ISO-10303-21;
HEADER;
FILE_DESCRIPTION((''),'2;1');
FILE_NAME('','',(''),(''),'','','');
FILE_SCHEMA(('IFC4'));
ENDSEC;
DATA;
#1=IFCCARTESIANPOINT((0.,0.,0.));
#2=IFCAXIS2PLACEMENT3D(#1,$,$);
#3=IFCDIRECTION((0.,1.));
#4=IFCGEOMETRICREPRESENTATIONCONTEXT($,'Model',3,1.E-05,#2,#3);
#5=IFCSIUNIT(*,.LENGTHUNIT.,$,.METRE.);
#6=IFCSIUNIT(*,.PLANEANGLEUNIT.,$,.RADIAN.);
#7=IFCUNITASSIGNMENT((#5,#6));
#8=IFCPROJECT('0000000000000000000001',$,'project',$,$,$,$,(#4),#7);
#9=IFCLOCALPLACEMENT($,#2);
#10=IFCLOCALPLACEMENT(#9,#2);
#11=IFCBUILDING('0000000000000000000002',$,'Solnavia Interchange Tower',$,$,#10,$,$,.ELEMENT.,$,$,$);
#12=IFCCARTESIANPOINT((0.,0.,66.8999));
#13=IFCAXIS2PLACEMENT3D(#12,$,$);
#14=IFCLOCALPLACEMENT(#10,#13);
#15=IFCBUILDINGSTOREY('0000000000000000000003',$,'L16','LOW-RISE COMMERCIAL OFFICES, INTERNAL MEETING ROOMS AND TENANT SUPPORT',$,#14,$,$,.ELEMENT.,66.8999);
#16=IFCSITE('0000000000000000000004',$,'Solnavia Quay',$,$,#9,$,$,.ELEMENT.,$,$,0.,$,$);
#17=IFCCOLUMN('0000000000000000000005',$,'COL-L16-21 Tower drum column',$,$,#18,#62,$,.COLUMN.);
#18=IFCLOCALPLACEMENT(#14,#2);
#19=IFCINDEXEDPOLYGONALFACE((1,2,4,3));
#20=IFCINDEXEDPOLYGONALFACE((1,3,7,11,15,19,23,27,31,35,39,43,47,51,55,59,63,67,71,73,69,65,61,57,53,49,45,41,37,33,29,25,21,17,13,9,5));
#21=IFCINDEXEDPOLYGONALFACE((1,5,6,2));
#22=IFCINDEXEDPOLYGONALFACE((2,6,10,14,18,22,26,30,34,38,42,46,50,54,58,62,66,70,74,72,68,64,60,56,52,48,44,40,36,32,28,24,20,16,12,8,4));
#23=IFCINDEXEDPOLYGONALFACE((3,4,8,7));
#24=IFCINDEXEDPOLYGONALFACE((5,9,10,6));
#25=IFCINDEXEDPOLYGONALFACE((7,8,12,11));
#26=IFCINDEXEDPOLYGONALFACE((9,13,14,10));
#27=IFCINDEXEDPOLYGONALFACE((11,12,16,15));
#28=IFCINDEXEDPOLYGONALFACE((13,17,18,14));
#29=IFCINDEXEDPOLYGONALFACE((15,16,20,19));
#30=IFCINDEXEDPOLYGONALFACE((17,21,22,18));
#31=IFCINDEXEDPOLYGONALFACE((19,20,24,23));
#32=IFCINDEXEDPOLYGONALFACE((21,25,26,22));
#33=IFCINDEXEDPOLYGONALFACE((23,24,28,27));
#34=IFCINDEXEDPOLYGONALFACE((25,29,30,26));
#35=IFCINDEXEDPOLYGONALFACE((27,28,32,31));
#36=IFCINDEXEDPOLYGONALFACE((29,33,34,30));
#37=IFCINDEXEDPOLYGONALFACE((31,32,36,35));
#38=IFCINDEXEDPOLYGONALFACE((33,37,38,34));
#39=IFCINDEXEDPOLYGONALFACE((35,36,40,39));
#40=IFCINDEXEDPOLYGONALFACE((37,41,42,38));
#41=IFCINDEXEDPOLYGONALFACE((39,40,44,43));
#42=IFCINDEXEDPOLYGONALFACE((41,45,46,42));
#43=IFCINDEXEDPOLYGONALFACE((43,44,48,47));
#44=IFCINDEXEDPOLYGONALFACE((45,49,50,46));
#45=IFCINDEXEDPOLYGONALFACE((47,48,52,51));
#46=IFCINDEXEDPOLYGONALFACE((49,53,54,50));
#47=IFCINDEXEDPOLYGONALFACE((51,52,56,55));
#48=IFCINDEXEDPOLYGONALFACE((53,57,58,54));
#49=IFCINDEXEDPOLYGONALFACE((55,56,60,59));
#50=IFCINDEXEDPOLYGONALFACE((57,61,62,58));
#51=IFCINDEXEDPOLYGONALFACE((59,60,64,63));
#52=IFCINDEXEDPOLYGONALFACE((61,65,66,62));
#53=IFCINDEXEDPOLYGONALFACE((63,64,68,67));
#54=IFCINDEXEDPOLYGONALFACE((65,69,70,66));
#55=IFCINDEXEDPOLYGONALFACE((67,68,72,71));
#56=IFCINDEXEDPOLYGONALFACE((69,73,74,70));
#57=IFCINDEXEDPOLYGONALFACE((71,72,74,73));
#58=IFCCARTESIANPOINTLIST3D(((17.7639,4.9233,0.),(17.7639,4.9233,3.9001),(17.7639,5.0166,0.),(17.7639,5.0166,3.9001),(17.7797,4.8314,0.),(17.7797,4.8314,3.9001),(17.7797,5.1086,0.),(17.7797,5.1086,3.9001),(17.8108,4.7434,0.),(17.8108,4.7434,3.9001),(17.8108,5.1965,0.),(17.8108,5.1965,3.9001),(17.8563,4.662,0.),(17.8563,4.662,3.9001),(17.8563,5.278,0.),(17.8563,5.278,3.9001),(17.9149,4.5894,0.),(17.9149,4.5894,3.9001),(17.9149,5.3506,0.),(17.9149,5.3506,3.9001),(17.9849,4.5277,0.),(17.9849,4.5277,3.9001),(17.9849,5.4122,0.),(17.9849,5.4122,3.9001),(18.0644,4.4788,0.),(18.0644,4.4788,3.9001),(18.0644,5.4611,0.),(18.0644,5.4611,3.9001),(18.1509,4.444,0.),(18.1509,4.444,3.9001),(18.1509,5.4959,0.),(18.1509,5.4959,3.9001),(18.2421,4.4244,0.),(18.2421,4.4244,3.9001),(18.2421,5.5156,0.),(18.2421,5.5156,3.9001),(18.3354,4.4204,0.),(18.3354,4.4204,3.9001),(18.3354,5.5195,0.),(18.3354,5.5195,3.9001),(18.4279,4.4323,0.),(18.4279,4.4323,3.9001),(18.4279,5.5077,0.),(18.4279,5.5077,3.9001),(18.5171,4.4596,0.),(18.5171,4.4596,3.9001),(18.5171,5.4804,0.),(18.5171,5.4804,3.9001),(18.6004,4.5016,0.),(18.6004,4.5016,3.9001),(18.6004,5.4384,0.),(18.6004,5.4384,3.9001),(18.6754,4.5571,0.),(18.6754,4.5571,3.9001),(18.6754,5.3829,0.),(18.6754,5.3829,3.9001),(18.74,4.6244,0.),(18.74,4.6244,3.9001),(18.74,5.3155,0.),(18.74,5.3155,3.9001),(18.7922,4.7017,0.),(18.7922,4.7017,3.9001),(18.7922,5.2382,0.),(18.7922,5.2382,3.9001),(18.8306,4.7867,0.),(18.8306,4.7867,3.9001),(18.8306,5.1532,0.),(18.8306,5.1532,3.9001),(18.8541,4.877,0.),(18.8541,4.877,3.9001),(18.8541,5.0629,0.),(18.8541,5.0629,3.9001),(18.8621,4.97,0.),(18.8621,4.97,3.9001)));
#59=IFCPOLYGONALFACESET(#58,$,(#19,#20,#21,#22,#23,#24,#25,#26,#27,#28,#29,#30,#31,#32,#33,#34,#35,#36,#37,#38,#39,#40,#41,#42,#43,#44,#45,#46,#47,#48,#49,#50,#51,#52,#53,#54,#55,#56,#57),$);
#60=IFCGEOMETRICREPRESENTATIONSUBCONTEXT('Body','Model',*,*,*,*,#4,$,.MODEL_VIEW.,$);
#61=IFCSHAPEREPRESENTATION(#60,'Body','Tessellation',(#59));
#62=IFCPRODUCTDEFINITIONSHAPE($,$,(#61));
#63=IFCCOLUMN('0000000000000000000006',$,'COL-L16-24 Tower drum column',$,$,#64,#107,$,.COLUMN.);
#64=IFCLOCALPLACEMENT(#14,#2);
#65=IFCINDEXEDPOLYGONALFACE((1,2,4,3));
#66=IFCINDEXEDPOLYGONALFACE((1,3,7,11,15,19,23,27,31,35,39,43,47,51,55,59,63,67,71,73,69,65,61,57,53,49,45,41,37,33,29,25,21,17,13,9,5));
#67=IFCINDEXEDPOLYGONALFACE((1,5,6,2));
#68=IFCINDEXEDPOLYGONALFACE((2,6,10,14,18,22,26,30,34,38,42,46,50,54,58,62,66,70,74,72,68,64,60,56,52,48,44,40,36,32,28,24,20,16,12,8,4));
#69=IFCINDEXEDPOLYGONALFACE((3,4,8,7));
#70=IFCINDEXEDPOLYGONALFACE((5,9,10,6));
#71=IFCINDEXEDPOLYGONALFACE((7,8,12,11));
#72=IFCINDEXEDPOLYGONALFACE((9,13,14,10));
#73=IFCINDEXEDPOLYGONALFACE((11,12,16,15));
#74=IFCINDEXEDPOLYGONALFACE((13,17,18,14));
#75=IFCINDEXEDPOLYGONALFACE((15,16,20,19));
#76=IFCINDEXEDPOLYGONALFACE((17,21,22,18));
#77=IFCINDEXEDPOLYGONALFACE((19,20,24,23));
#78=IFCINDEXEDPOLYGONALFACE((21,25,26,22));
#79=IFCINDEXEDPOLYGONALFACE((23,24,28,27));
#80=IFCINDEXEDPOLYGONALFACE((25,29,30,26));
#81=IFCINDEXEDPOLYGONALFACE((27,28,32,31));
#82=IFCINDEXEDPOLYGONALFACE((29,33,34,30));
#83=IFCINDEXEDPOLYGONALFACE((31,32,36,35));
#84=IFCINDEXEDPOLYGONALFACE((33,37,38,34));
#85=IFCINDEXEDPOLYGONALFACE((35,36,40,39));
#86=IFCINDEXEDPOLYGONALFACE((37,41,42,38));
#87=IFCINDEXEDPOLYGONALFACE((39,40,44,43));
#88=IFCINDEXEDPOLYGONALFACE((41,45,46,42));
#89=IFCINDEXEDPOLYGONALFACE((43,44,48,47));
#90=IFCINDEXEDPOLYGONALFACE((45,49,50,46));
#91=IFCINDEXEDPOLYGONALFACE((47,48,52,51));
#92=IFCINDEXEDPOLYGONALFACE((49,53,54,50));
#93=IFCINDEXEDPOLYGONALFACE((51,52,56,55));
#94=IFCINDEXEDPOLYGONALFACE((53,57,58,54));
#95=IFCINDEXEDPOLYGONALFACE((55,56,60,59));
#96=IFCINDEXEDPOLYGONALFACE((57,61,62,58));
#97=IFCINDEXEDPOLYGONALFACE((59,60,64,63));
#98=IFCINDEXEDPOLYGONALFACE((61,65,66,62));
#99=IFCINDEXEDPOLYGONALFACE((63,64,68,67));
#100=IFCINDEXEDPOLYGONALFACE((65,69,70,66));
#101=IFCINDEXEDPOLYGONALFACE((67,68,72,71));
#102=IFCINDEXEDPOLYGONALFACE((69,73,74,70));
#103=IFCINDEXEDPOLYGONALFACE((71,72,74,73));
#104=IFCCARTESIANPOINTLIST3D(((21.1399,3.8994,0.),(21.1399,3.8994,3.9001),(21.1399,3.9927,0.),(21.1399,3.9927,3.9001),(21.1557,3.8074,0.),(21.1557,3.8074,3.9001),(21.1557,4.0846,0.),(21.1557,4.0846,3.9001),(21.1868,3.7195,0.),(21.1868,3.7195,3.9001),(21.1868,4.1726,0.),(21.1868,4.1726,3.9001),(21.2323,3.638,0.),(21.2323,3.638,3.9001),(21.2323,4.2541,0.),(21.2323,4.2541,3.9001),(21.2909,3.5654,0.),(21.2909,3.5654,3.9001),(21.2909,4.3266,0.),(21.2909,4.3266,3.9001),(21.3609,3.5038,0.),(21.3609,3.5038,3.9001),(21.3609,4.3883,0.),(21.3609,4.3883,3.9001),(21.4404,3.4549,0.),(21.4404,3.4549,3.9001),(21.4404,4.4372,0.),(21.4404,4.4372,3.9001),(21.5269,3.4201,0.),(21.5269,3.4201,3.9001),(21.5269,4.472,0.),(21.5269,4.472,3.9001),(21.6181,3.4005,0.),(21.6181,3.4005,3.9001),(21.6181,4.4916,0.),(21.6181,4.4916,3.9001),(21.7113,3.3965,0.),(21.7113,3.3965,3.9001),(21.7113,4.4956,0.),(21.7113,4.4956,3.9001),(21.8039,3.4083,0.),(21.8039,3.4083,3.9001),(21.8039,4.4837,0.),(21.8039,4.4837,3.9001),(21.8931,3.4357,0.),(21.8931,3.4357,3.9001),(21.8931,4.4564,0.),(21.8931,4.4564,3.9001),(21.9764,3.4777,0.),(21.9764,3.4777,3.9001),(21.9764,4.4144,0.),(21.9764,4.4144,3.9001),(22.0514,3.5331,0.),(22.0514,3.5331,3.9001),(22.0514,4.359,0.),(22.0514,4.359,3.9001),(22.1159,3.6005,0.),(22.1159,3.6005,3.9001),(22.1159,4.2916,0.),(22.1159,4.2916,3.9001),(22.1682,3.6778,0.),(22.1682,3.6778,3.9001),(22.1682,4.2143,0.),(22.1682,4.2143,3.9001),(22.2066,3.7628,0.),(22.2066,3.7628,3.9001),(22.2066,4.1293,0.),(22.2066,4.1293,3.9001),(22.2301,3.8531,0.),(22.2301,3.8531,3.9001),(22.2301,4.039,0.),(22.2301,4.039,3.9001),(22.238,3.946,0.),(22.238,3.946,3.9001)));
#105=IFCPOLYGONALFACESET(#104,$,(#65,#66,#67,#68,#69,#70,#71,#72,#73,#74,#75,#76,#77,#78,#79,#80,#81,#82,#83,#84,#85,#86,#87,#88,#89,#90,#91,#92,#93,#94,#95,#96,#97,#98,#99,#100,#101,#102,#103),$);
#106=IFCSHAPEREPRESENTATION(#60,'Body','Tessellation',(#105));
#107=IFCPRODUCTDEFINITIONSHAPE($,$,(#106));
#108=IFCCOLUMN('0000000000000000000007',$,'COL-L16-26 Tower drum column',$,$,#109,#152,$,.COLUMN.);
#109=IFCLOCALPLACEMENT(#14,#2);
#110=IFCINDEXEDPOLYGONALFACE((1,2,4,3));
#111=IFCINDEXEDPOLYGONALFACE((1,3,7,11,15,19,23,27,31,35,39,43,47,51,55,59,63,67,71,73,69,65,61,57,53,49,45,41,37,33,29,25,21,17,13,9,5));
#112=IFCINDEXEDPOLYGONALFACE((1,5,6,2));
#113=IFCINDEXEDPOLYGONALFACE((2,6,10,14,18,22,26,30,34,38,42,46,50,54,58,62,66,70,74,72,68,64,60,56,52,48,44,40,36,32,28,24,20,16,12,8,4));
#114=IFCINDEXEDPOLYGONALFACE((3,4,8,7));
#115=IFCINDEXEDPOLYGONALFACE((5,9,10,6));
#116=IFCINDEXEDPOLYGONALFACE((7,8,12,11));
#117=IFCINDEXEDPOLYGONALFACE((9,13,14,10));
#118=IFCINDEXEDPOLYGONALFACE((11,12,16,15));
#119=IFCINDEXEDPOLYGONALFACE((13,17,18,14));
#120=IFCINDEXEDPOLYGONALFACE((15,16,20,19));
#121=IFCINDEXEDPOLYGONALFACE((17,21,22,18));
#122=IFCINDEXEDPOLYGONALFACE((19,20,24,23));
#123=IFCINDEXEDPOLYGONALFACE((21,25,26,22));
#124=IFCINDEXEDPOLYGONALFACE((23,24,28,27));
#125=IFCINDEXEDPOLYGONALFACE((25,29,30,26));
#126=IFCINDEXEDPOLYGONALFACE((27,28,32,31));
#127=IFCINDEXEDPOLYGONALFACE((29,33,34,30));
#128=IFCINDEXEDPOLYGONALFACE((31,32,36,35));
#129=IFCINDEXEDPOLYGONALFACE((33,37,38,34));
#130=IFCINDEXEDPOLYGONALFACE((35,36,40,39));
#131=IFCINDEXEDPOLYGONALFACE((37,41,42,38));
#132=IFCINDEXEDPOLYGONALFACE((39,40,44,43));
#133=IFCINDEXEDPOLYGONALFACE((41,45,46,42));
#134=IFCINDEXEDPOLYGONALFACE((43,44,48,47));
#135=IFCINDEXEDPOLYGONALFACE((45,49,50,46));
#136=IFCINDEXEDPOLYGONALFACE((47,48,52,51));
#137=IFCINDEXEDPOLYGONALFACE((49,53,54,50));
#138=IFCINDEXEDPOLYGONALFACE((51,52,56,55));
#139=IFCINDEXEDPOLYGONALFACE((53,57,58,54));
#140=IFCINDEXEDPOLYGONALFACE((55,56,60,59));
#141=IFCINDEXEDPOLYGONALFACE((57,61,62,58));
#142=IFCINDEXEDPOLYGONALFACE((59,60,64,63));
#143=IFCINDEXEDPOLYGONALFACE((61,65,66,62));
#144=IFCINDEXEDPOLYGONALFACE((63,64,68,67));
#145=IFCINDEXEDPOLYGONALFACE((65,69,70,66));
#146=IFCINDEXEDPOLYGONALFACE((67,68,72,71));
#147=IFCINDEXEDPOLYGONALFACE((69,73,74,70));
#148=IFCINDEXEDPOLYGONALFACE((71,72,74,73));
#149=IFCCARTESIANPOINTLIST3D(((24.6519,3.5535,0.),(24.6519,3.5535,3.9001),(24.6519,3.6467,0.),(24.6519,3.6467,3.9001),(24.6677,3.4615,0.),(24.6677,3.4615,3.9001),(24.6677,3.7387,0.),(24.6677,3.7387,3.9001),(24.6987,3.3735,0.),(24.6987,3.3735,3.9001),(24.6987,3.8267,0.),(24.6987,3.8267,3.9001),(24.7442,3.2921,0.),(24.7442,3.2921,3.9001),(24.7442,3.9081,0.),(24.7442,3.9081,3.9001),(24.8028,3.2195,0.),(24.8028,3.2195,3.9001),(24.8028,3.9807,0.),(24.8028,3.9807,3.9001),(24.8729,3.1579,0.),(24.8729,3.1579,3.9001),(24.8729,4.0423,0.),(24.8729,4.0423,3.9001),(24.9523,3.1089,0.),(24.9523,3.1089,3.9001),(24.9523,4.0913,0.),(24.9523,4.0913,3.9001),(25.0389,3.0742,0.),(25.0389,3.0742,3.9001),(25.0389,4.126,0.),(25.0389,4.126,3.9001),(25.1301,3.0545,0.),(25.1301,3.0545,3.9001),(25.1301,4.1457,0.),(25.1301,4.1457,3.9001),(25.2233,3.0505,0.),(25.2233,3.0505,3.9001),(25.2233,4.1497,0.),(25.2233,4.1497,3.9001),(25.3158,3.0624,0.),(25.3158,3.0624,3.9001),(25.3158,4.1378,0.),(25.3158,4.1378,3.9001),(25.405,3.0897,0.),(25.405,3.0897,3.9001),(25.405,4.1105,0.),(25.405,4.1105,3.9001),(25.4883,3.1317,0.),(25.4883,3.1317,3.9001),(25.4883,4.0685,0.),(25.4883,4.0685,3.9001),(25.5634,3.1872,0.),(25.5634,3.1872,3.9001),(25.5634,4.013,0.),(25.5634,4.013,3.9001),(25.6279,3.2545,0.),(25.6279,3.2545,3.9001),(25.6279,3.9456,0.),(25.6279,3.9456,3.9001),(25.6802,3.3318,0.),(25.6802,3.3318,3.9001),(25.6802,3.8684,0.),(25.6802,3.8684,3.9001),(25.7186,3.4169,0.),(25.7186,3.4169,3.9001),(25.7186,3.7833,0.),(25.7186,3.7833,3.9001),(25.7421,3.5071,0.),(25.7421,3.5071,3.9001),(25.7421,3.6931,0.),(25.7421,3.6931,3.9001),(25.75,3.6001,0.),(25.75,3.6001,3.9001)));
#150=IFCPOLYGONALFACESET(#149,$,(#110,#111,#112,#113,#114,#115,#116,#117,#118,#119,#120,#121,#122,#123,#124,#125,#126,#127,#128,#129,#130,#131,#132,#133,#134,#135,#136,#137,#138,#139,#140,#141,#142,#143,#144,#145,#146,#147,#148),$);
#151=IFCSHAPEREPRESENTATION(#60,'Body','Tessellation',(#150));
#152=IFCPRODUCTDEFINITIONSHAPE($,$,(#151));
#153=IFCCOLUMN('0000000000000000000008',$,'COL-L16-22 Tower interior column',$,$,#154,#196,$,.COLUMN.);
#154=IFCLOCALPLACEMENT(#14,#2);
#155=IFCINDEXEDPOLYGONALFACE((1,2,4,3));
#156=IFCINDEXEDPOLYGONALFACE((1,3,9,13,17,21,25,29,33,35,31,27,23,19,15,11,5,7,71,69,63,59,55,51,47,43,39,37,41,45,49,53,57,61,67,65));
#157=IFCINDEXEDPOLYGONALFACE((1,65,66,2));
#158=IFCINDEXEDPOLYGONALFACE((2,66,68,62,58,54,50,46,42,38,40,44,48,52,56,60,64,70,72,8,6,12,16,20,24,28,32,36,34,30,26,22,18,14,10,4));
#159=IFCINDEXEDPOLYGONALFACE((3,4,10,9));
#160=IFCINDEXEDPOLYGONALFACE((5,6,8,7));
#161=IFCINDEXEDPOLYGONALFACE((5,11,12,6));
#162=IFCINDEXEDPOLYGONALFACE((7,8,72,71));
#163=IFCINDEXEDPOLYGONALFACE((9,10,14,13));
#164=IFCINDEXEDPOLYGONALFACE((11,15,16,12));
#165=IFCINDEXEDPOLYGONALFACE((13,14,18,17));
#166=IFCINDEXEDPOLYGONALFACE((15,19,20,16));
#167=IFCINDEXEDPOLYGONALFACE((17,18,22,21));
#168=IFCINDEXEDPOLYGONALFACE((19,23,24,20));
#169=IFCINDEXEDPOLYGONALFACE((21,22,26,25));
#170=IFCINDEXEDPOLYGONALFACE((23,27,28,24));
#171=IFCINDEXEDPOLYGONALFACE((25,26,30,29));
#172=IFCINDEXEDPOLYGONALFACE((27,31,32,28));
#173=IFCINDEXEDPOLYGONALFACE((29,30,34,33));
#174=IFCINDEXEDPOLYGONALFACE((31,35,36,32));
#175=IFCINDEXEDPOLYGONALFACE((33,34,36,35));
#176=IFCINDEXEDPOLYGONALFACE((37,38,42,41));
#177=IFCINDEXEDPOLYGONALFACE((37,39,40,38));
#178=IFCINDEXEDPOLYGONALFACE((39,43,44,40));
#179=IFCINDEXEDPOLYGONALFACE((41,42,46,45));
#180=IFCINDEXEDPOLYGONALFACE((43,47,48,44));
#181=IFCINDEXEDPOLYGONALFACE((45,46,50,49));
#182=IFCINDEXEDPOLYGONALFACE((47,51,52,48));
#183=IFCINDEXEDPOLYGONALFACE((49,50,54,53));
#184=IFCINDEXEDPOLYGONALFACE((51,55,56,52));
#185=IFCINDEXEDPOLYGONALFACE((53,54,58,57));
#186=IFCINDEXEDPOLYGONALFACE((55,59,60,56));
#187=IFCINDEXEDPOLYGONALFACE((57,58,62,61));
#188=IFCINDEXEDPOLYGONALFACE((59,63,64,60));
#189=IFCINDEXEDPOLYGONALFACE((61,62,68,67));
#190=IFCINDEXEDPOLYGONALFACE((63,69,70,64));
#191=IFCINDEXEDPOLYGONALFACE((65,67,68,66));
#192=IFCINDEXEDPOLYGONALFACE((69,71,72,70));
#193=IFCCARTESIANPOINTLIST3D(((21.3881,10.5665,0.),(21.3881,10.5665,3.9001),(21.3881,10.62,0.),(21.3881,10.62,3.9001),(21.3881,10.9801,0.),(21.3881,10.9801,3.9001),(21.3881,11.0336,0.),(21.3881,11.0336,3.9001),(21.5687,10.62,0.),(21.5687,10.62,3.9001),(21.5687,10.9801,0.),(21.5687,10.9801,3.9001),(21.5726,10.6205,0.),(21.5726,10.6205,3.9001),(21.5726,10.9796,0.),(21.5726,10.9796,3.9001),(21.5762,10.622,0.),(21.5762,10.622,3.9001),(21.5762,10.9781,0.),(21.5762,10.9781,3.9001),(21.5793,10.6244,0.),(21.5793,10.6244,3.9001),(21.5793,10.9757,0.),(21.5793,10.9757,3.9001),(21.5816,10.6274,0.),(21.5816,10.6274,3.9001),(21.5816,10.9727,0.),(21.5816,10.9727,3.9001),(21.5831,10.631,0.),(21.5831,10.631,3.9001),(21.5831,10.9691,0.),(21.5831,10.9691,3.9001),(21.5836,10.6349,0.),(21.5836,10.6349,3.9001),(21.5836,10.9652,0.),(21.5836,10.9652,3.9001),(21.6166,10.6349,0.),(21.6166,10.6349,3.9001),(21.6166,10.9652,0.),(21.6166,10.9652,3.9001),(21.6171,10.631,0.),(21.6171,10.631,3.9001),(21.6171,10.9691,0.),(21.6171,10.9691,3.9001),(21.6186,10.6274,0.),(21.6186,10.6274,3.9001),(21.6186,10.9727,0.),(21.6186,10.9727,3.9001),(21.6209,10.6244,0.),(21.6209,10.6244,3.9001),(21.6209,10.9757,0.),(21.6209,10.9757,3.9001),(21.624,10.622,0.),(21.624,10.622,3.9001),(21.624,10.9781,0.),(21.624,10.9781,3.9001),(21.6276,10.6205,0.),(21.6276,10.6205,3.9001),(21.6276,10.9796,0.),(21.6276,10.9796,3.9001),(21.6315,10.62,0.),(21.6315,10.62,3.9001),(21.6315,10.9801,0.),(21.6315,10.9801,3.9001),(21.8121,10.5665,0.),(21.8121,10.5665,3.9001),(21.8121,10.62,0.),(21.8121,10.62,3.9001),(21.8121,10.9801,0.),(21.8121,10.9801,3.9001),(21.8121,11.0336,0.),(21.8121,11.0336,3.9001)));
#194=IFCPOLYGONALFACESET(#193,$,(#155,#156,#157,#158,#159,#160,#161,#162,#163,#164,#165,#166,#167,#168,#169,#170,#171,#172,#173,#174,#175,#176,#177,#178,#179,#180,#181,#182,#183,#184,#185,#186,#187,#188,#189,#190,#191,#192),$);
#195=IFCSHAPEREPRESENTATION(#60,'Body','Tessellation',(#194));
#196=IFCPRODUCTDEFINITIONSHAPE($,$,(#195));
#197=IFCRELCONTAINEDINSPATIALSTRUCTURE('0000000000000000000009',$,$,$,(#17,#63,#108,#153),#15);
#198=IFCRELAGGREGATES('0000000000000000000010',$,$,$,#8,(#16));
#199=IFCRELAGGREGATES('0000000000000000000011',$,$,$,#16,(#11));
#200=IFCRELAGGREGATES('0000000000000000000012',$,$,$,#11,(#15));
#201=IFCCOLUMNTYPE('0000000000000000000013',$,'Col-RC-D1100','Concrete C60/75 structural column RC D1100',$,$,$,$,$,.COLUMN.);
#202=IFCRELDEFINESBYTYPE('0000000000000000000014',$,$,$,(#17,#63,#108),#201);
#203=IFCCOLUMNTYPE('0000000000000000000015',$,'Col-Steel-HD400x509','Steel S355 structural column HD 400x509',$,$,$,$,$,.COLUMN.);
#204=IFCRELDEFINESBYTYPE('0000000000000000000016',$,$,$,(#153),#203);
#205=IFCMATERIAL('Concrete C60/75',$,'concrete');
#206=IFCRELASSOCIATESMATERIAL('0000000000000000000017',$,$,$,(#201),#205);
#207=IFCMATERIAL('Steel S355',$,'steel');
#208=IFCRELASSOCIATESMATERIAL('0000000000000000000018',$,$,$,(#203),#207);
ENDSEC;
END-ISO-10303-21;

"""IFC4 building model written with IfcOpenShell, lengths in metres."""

from ifc_helpers import new_model, si_unit, direction, frame, origin, origin_2d, place, context, subcontext, project, spatial, circle, i_section, extrude, material, material_profile, profile_set, type_object, element, save


model = new_model("IFC4")

# Units and contexts
model_context = context("Model", 3, precision=1e-05, world=origin(), true_north=direction((0.0, 1.0)))
body_context = subcontext(model_context, "Body", "Model", "MODEL_VIEW")
ifc_project = project(units=[si_unit("LENGTHUNIT", "METRE"), si_unit("PLANEANGLEUNIT", "RADIAN")], contexts=[model_context])

# Site, building, storey
site_placement = place(None, origin())
site = spatial("IfcSite", under=ifc_project, at=site_placement, Name="Solnavia Quay", CompositionType="ELEMENT", RefElevation=0.0)
building_placement = place(site_placement, origin())
building = spatial("IfcBuilding", under=site, at=building_placement, Name="Solnavia Interchange Tower", CompositionType="ELEMENT")
storey_placement = place(building_placement, frame((0.0, 0.0, 66.8999)))
storey = spatial("IfcBuildingStorey", under=building, at=storey_placement, Name="L16", Description="LOW-RISE COMMERCIAL OFFICES, INTERNAL MEETING ROOMS AND TENANT SUPPORT", CompositionType="ELEMENT", Elevation=66.8999)

# Columns
ifc_material_1 = material(Name="Concrete C60/75", Category="concrete")
ifc_material_profile_1 = material_profile(ifc_material_1, circle(Radius=0.55, at=origin_2d()), Name="RC D1100")
ifc_profile_set_1 = profile_set([ifc_material_profile_1], Name="Concrete C60/75")
column_type_1 = type_object("IfcColumnType", Name="Col-RC-D1100", Description="Concrete C60/75 structural column RC D1100", PredefinedType="COLUMN", material=ifc_profile_set_1)
for number, where, z_axis, x_axis, name in (
    (1, (18.312, 4.97, 0.0), (0.0, 0.0, 1.0), (1.0, 0.0, 0.0), "COL-L16-21 Tower drum column"),
    (2, (21.688, 3.946, 0.0), (0.0, 0.0, 1.0), (1.0, 0.0, 0.0), "COL-L16-24 Tower drum column"),
    (3, (25.2, 3.6001, 0.0), (0.0, 0.0, 1.0), (1.0, 0.0, 0.0), "COL-L16-26 Tower drum column"),
):
    element("IfcColumn", number, at=place(storey_placement, frame(where, z_axis=z_axis, x_axis=x_axis)), inside=storey, type_object=column_type_1, Name=name, PredefinedType="COLUMN", context=body_context, shape_type="SweptSolid", body=[
        extrude(circle(Radius=0.55, at=origin_2d()), origin(), (0.0, 0.0, 1.0), 3.9001),
    ])
ifc_material_2 = material(Name="Steel S355", Category="steel")
ifc_material_profile_2 = material_profile(ifc_material_2, i_section(OverallWidth=0.4241, OverallDepth=0.467, WebThickness=0.033, FlangeThickness=0.0535, FilletRadius=0.0149, at=origin_2d()), Name="HD 400x509")
ifc_profile_set_2 = profile_set([ifc_material_profile_2], Name="Steel S355")
column_type_2 = type_object("IfcColumnType", Name="Col-Steel-HD400x509", Description="Steel S355 structural column HD 400x509", PredefinedType="COLUMN", material=ifc_profile_set_2)
column_placement = place(storey_placement, frame((21.6001, 10.8, 0.0), z_axis=(0.0, 0.0, 1.0), x_axis=(1.0, 0.0, 0.0)))
element("IfcColumn", 4, at=column_placement, inside=storey, type_object=column_type_2, Name="COL-L16-22 Tower interior column", PredefinedType="COLUMN", context=body_context, shape_type="SweptSolid", body=[
    extrude(i_section(OverallWidth=0.4241, OverallDepth=0.467, WebThickness=0.033, FlangeThickness=0.0535, FilletRadius=0.0149, at=origin_2d()), origin(), (0.0, 0.0, 1.0), 3.9001),
])

save(model, "model.ifc")
